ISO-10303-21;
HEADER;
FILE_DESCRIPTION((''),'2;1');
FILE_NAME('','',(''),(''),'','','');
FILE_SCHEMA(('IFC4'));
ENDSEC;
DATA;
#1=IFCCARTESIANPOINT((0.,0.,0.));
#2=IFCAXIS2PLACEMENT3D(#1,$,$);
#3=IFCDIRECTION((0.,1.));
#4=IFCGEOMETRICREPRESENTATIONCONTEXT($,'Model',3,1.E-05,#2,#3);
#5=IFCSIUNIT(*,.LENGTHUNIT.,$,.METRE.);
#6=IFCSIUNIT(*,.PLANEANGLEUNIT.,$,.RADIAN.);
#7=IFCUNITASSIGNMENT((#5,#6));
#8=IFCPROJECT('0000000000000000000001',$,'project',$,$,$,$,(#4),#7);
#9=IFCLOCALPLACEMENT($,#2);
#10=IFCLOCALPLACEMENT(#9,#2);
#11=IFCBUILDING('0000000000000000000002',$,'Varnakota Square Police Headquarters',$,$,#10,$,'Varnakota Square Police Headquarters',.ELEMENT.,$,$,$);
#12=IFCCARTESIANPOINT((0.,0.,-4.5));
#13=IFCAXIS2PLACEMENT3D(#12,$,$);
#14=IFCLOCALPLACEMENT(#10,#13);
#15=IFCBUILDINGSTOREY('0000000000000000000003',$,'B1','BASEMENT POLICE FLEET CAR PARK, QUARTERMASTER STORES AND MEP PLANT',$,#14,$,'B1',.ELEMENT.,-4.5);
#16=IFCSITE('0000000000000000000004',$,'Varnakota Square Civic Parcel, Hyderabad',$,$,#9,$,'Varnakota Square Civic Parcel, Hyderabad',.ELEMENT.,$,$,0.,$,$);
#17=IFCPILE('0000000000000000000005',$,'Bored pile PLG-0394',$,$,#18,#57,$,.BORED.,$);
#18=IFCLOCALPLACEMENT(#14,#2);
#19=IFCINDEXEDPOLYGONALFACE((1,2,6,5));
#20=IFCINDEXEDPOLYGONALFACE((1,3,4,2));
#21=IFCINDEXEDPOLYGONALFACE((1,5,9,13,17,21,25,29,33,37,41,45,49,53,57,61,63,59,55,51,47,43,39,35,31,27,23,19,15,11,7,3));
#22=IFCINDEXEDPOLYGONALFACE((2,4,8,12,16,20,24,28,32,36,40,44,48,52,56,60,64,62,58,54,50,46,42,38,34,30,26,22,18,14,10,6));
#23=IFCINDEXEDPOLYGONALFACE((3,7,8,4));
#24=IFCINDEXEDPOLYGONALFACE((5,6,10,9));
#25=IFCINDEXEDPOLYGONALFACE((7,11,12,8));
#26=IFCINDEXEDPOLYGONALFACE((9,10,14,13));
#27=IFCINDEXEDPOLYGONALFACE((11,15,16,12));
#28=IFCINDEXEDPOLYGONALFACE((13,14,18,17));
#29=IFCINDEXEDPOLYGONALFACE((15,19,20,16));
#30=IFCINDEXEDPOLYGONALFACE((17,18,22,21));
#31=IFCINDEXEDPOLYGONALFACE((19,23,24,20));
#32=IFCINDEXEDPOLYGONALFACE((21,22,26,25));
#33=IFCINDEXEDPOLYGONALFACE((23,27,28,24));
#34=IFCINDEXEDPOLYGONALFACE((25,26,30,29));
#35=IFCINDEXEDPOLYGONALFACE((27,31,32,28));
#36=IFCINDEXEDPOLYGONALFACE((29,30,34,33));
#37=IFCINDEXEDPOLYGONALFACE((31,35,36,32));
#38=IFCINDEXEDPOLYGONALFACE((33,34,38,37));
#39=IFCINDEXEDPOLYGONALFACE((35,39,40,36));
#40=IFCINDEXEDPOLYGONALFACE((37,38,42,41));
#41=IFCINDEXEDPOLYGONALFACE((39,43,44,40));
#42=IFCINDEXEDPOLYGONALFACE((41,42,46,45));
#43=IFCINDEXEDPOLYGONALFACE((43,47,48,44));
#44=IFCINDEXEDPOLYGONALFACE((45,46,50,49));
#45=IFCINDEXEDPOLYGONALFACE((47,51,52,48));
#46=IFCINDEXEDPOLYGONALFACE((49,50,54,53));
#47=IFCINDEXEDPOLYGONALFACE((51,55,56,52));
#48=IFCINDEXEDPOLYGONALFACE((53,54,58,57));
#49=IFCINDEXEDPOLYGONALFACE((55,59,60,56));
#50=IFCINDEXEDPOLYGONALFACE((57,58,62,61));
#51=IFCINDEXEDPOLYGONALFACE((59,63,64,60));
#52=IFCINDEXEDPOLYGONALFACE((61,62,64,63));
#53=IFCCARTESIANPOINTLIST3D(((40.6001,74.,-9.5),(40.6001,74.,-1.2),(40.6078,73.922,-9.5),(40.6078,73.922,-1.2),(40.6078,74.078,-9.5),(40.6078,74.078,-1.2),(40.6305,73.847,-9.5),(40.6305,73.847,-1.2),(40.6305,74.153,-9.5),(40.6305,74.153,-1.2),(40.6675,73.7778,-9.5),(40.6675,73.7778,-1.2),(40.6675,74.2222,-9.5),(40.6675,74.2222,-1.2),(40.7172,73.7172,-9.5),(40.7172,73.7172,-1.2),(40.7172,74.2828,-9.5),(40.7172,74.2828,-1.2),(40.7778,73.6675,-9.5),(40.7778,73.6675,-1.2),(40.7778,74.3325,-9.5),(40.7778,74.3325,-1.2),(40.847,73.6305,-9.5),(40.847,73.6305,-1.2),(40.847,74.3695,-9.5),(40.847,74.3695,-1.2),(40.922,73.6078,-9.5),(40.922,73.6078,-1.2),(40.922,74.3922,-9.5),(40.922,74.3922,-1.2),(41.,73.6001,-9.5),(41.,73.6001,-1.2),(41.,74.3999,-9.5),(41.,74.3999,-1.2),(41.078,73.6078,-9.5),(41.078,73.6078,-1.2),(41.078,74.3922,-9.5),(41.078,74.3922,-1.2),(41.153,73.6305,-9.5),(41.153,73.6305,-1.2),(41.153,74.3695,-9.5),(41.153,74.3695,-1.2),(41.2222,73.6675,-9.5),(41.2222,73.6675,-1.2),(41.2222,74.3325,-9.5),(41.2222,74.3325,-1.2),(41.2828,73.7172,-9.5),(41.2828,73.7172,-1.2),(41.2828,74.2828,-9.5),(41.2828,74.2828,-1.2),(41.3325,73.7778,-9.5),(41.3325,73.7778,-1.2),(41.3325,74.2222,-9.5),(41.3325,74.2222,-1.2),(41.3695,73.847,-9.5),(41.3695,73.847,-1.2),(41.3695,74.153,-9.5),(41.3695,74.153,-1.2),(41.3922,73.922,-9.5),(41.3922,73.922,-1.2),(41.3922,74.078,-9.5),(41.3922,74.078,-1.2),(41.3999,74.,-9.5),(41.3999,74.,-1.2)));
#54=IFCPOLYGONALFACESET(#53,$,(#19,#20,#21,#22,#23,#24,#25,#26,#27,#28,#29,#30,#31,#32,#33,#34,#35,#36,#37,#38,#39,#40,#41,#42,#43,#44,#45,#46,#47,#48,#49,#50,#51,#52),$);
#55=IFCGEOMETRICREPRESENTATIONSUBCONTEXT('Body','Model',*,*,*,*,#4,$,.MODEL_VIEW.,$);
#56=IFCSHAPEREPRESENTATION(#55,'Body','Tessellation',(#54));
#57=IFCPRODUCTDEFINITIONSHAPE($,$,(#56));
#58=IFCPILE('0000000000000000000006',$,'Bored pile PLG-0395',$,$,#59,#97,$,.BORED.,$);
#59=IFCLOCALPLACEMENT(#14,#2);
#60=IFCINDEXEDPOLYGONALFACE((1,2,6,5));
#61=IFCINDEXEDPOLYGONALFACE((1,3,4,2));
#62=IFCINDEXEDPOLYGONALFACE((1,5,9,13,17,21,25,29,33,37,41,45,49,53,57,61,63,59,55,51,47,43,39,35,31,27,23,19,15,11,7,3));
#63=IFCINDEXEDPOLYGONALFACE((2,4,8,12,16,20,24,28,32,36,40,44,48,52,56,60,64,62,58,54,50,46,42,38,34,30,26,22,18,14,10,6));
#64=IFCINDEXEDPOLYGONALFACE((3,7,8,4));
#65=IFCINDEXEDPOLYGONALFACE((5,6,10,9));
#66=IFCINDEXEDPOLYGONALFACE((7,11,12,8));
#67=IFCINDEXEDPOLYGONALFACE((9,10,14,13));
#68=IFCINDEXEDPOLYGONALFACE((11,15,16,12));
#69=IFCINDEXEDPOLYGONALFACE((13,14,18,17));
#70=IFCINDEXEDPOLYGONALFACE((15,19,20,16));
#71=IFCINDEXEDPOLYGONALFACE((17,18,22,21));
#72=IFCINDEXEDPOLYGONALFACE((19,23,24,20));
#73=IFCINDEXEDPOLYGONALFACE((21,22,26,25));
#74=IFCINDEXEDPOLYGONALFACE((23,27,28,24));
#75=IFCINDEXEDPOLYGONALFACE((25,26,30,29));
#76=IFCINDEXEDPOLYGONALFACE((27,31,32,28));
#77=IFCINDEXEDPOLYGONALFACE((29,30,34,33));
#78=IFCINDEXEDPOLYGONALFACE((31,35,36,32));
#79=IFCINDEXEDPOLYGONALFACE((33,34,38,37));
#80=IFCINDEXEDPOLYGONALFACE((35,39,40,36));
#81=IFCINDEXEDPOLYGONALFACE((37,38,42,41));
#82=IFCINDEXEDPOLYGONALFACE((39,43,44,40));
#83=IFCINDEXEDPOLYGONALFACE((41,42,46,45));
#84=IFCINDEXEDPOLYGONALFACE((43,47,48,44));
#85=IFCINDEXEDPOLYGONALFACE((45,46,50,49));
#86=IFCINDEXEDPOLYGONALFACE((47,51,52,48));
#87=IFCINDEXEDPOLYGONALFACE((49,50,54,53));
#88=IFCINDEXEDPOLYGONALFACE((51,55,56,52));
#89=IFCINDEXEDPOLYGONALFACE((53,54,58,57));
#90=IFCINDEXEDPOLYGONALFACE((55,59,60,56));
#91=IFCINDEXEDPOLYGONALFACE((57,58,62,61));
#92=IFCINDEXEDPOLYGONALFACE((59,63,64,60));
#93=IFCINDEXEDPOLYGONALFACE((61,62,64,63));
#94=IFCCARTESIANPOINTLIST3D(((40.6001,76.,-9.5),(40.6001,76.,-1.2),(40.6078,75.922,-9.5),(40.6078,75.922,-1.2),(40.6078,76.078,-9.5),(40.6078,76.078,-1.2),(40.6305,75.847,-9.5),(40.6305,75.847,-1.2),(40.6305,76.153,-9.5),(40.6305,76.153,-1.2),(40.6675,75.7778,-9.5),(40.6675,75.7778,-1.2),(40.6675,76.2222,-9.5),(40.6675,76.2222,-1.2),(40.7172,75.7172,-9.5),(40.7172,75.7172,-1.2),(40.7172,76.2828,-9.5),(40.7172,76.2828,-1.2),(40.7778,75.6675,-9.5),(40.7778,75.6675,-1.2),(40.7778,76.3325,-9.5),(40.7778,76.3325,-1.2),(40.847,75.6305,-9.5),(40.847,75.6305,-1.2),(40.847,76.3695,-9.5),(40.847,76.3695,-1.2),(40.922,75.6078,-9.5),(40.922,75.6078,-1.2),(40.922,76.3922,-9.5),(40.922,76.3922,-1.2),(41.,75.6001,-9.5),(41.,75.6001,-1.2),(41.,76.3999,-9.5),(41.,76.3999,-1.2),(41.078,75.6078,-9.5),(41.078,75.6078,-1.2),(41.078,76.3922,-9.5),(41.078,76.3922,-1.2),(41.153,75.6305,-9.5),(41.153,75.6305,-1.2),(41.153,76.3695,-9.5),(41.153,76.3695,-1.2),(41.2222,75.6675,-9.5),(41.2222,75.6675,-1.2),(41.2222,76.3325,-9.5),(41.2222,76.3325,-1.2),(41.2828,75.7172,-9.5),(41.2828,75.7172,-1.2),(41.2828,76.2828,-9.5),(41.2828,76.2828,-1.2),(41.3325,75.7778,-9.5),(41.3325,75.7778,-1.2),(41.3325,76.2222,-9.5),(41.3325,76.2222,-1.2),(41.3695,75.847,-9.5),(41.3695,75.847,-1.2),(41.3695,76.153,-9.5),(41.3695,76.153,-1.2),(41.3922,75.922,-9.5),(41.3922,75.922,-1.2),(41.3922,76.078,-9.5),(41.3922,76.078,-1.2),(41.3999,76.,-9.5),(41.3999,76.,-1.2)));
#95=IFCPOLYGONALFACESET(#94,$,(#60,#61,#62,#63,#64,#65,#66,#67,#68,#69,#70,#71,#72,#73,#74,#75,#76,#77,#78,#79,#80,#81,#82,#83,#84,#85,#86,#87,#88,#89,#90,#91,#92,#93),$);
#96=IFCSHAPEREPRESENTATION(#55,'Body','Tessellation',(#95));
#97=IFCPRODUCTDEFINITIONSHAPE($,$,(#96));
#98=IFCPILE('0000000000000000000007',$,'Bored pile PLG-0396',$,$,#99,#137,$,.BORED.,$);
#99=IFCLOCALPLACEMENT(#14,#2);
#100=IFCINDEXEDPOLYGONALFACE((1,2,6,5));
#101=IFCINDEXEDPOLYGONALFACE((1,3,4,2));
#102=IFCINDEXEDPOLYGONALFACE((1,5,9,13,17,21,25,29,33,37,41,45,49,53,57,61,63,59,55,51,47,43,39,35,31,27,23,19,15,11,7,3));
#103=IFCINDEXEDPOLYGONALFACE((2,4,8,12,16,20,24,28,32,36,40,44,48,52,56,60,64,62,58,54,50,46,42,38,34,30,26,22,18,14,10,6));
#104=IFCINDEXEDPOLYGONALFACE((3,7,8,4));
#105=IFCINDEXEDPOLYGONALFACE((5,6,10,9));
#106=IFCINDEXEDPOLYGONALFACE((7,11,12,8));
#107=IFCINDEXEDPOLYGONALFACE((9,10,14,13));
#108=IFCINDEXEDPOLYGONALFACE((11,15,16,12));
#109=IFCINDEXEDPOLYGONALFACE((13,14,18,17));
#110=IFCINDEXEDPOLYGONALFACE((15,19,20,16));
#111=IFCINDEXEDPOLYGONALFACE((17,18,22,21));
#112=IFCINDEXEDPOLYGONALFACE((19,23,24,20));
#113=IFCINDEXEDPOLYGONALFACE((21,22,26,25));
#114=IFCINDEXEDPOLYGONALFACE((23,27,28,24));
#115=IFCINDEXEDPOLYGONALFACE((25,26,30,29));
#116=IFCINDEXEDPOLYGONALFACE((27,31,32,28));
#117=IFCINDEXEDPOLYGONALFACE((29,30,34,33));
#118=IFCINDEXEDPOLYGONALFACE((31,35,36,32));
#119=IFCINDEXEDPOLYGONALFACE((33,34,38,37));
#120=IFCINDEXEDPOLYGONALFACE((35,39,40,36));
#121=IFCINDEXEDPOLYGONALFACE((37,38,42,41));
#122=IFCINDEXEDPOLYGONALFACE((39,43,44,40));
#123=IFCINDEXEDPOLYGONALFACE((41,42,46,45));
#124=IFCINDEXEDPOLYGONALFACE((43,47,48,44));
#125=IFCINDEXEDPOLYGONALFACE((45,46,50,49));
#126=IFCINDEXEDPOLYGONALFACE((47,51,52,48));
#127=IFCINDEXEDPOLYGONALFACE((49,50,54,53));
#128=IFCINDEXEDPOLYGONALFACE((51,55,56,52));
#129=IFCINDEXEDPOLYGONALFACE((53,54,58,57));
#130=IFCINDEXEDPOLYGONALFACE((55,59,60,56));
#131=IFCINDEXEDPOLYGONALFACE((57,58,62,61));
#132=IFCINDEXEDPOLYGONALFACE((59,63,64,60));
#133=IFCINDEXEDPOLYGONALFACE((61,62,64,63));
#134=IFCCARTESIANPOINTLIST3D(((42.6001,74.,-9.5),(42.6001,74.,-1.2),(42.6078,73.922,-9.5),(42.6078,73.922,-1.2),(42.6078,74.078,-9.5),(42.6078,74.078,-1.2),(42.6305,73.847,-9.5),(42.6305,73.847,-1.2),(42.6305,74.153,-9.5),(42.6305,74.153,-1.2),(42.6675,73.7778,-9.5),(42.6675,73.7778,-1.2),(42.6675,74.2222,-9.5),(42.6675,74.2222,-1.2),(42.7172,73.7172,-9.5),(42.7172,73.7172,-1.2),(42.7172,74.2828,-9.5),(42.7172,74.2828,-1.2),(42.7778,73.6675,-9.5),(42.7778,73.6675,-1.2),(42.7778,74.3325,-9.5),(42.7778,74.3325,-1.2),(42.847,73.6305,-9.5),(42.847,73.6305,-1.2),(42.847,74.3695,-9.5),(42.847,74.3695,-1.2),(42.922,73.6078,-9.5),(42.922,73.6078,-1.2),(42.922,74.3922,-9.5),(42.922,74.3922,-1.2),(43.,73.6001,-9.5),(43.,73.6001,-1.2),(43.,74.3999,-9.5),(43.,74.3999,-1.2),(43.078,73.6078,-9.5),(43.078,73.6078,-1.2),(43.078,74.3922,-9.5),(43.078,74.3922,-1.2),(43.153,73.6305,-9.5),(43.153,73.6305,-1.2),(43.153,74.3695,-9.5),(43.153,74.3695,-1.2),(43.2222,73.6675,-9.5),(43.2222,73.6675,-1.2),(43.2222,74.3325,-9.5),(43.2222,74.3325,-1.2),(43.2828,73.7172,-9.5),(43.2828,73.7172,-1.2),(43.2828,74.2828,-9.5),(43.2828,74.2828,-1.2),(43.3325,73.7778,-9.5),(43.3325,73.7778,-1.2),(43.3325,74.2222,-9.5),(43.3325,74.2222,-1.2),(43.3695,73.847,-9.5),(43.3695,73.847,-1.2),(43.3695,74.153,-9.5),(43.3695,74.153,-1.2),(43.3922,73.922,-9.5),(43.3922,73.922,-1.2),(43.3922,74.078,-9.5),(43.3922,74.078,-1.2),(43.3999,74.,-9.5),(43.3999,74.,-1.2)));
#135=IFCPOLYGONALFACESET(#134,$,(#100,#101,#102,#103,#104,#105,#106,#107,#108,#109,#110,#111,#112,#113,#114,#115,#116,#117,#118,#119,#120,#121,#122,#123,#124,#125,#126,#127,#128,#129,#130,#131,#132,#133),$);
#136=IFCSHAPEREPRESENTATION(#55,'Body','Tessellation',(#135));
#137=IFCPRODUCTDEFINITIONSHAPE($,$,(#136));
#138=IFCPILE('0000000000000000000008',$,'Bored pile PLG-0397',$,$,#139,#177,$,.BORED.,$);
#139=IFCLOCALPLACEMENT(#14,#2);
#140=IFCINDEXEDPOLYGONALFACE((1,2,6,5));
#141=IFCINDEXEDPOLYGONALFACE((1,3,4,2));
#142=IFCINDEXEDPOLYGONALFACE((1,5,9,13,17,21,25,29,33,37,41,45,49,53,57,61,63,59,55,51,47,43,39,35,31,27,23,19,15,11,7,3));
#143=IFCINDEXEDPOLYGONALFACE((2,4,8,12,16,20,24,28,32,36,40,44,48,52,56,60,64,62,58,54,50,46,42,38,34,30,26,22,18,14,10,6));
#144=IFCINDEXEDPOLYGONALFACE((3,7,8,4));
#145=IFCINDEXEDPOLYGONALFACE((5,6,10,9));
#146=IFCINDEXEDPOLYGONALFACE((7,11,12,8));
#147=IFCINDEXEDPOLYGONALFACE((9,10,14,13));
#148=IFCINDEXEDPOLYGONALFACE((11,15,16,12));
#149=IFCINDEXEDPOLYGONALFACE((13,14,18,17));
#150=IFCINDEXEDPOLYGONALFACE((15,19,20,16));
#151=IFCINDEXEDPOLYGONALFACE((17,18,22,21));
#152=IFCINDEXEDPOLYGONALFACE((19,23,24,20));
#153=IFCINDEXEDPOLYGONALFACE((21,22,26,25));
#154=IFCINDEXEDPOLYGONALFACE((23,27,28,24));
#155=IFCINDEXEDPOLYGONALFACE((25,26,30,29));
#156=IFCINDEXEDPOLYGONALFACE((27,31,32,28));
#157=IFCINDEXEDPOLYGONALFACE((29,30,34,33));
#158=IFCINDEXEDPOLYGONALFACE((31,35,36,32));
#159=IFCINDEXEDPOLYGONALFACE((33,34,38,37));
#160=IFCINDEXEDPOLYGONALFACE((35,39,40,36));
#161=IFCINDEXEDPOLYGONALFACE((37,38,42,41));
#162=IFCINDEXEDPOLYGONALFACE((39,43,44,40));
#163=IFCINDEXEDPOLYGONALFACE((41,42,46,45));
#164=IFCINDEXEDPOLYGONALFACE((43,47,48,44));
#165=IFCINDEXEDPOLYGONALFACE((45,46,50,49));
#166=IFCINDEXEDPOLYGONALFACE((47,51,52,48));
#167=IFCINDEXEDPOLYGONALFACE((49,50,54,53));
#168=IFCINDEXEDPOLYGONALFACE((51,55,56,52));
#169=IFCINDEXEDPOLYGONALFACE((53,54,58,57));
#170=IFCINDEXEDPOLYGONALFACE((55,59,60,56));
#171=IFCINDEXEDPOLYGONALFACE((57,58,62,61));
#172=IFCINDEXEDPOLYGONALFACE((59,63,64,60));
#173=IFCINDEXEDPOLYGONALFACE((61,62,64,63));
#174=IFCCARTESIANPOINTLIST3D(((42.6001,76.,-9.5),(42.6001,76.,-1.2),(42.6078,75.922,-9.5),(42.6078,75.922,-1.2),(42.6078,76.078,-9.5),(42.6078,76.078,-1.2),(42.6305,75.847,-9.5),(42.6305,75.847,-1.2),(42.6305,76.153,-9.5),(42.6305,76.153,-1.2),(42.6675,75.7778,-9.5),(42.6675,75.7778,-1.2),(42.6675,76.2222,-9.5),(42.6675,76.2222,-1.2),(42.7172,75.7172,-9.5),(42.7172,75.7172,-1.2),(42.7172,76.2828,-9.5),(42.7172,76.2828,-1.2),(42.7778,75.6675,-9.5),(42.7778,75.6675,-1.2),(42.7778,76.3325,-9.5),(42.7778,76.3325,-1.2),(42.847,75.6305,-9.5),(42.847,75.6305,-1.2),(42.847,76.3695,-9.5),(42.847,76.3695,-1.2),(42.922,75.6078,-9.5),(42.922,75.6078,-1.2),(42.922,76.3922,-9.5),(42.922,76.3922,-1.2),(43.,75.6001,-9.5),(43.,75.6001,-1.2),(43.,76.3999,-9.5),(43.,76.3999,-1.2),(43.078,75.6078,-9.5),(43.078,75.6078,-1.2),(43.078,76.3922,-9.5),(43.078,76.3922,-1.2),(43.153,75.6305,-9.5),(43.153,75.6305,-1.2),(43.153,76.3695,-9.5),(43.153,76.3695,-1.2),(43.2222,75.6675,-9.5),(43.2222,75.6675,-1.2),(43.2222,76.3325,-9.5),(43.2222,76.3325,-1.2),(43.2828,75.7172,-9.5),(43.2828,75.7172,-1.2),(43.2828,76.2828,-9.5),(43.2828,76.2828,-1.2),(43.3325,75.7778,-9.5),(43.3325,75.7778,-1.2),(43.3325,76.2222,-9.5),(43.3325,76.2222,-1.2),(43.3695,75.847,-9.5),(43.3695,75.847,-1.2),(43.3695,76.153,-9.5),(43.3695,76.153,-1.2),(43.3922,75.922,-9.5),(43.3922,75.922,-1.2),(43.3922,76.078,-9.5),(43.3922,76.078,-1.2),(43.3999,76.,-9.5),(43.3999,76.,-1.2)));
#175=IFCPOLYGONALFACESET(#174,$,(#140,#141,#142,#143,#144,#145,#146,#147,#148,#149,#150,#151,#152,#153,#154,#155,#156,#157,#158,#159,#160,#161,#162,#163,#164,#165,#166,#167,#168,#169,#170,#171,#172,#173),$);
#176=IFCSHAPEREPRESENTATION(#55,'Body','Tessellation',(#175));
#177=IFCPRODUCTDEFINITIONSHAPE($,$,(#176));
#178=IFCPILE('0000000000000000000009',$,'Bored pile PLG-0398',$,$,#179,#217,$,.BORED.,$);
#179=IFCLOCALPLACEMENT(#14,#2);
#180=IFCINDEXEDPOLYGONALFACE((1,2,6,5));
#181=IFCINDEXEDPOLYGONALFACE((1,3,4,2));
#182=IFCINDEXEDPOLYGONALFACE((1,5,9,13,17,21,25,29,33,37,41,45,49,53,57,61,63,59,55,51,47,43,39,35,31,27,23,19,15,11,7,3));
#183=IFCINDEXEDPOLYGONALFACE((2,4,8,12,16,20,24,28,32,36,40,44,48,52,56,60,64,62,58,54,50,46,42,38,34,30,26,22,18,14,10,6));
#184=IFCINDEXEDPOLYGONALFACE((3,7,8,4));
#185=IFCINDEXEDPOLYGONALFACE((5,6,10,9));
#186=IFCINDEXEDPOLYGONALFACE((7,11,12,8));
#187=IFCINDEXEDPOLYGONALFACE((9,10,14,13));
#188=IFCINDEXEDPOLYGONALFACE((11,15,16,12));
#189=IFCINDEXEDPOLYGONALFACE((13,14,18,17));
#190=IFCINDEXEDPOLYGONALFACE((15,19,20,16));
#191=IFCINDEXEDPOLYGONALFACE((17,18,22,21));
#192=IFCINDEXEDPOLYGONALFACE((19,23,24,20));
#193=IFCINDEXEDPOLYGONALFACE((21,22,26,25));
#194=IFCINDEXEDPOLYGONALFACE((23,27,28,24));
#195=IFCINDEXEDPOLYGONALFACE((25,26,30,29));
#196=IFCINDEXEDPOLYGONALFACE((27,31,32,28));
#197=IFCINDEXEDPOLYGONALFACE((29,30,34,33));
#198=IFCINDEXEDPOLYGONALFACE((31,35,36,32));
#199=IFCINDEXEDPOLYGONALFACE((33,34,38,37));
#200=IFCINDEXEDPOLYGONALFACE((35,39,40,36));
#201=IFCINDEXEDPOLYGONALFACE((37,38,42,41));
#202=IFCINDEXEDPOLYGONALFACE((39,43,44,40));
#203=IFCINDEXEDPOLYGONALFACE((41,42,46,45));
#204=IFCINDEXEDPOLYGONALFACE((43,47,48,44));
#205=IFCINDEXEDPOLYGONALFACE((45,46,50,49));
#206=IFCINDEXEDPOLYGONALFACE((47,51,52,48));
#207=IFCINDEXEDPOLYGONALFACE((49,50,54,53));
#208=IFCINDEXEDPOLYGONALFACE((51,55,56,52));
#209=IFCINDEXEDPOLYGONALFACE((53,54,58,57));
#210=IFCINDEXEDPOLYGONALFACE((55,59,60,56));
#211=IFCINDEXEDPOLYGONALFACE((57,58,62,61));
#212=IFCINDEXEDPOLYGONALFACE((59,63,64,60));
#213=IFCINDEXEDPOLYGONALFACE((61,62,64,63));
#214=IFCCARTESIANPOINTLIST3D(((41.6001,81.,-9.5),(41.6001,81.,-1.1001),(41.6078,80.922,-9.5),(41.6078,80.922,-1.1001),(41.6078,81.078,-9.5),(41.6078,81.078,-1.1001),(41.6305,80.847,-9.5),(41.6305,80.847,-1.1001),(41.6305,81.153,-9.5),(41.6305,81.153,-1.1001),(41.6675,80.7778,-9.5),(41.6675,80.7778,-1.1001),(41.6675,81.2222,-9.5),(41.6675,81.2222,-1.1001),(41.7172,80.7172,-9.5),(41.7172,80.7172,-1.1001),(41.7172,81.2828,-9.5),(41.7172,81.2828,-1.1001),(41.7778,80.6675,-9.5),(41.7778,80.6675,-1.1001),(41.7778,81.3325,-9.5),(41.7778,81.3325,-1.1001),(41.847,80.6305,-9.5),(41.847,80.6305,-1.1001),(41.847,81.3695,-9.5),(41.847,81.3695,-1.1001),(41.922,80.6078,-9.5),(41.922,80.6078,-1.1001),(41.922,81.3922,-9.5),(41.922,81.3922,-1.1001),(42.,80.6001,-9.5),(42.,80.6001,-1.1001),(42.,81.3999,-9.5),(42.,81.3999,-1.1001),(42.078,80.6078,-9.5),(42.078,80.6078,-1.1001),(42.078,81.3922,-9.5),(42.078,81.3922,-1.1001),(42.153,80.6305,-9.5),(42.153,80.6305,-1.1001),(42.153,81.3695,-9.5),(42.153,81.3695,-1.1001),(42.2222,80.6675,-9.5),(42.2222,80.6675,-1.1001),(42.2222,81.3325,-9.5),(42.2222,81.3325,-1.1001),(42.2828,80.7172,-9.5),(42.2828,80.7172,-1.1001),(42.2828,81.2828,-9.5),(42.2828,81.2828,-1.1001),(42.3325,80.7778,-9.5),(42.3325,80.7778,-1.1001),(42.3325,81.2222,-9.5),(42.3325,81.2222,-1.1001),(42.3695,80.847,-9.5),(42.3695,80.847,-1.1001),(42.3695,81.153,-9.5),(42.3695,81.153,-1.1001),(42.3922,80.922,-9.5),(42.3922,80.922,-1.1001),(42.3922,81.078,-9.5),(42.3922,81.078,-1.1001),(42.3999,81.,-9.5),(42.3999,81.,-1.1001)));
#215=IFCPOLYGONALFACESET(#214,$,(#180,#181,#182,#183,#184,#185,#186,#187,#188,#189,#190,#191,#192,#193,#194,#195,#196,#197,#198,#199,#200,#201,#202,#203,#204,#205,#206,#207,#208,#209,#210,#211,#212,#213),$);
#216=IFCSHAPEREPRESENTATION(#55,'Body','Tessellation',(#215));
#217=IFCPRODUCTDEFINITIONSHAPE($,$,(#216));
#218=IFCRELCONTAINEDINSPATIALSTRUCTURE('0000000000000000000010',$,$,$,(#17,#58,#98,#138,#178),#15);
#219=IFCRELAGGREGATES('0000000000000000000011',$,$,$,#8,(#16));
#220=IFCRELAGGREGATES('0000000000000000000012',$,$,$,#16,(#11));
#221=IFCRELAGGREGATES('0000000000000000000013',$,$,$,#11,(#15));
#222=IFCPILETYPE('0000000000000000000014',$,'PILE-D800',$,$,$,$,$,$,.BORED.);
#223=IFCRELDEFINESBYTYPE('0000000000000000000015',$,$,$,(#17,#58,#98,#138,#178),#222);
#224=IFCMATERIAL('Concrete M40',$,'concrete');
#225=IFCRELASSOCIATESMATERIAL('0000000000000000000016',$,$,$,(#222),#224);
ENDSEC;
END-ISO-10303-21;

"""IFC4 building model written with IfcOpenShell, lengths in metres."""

from ifc_helpers import new_model, si_unit, direction, frame, origin, origin_2d, place, context, subcontext, project, spatial, circle, extrude, material, material_profile, profile_set, type_object, element, save


model = new_model("IFC4")

# Units and contexts
model_context = context("Model", 3, precision=1e-05, world=origin(), true_north=direction((0.0, 1.0)))
body_context = subcontext(model_context, "Body", "Model", "MODEL_VIEW")
ifc_project = project(units=[si_unit("LENGTHUNIT", "METRE"), si_unit("PLANEANGLEUNIT", "RADIAN")], contexts=[model_context])

# Site, building, storey
site_placement = place(None, origin())
site = spatial("IfcSite", under=ifc_project, at=site_placement, Name="Varnakota Square Civic Parcel, Hyderabad", LongName="Varnakota Square Civic Parcel, Hyderabad", CompositionType="ELEMENT", RefElevation=0.0)
building_placement = place(site_placement, origin())
building = spatial("IfcBuilding", under=site, at=building_placement, Name="Varnakota Square Police Headquarters", LongName="Varnakota Square Police Headquarters", CompositionType="ELEMENT")
storey_placement = place(building_placement, frame((0.0, 0.0, -4.5)))
storey = spatial("IfcBuildingStorey", under=building, at=storey_placement, Name="B1", Description="BASEMENT POLICE FLEET CAR PARK, QUARTERMASTER STORES AND MEP PLANT", LongName="B1", CompositionType="ELEMENT", Elevation=-4.5)

# Shared definitions
ifc_material_1 = material(Name="Concrete M40", Category="concrete")

# Piles
ifc_material_profile_1 = material_profile(ifc_material_1, circle(Radius=0.3999, at=origin_2d()), Name="BORED PILE 800")
ifc_profile_set_1 = profile_set([ifc_material_profile_1], Name="Concrete M40")
pile_type = type_object("IfcPileType", Name="PILE-D800", PredefinedType="BORED", material=ifc_profile_set_1)
for number, where, z_axis, x_axis, name in (
    (1, (41.0, 74.0, -1.2), (0.0, 0.0, -1.0), (1.0, 0.0, 0.0), "Bored pile PLG-0394"),
    (2, (41.0, 76.0, -1.2), (0.0, 0.0, -1.0), (1.0, 0.0, 0.0), "Bored pile PLG-0395"),
    (3, (43.0, 74.0, -1.2), (0.0, 0.0, -1.0), (1.0, 0.0, 0.0), "Bored pile PLG-0396"),
    (4, (43.0, 76.0, -1.2), (0.0, 0.0, -1.0), (1.0, 0.0, 0.0), "Bored pile PLG-0397"),
):
    element("IfcPile", number, at=place(storey_placement, frame(where, z_axis=z_axis, x_axis=x_axis)), inside=storey, type_object=pile_type, Name=name, PredefinedType="BORED", context=body_context, shape_type="SweptSolid", body=[
        extrude(circle(Radius=0.3999, at=origin_2d()), origin(), (0.0, 0.0, 1.0), 8.3),
    ])
pile_placement = place(storey_placement, frame((42.0, 81.0, -1.1001), z_axis=(0.0, 0.0, -1.0), x_axis=(1.0, 0.0, 0.0)))
element("IfcPile", 5, at=pile_placement, inside=storey, type_object=pile_type, Name="Bored pile PLG-0398", PredefinedType="BORED", context=body_context, shape_type="SweptSolid", body=[
    extrude(circle(Radius=0.3999, at=origin_2d()), origin(), (0.0, 0.0, 1.0), 8.3999),
])

save(model, "model.ifc")
